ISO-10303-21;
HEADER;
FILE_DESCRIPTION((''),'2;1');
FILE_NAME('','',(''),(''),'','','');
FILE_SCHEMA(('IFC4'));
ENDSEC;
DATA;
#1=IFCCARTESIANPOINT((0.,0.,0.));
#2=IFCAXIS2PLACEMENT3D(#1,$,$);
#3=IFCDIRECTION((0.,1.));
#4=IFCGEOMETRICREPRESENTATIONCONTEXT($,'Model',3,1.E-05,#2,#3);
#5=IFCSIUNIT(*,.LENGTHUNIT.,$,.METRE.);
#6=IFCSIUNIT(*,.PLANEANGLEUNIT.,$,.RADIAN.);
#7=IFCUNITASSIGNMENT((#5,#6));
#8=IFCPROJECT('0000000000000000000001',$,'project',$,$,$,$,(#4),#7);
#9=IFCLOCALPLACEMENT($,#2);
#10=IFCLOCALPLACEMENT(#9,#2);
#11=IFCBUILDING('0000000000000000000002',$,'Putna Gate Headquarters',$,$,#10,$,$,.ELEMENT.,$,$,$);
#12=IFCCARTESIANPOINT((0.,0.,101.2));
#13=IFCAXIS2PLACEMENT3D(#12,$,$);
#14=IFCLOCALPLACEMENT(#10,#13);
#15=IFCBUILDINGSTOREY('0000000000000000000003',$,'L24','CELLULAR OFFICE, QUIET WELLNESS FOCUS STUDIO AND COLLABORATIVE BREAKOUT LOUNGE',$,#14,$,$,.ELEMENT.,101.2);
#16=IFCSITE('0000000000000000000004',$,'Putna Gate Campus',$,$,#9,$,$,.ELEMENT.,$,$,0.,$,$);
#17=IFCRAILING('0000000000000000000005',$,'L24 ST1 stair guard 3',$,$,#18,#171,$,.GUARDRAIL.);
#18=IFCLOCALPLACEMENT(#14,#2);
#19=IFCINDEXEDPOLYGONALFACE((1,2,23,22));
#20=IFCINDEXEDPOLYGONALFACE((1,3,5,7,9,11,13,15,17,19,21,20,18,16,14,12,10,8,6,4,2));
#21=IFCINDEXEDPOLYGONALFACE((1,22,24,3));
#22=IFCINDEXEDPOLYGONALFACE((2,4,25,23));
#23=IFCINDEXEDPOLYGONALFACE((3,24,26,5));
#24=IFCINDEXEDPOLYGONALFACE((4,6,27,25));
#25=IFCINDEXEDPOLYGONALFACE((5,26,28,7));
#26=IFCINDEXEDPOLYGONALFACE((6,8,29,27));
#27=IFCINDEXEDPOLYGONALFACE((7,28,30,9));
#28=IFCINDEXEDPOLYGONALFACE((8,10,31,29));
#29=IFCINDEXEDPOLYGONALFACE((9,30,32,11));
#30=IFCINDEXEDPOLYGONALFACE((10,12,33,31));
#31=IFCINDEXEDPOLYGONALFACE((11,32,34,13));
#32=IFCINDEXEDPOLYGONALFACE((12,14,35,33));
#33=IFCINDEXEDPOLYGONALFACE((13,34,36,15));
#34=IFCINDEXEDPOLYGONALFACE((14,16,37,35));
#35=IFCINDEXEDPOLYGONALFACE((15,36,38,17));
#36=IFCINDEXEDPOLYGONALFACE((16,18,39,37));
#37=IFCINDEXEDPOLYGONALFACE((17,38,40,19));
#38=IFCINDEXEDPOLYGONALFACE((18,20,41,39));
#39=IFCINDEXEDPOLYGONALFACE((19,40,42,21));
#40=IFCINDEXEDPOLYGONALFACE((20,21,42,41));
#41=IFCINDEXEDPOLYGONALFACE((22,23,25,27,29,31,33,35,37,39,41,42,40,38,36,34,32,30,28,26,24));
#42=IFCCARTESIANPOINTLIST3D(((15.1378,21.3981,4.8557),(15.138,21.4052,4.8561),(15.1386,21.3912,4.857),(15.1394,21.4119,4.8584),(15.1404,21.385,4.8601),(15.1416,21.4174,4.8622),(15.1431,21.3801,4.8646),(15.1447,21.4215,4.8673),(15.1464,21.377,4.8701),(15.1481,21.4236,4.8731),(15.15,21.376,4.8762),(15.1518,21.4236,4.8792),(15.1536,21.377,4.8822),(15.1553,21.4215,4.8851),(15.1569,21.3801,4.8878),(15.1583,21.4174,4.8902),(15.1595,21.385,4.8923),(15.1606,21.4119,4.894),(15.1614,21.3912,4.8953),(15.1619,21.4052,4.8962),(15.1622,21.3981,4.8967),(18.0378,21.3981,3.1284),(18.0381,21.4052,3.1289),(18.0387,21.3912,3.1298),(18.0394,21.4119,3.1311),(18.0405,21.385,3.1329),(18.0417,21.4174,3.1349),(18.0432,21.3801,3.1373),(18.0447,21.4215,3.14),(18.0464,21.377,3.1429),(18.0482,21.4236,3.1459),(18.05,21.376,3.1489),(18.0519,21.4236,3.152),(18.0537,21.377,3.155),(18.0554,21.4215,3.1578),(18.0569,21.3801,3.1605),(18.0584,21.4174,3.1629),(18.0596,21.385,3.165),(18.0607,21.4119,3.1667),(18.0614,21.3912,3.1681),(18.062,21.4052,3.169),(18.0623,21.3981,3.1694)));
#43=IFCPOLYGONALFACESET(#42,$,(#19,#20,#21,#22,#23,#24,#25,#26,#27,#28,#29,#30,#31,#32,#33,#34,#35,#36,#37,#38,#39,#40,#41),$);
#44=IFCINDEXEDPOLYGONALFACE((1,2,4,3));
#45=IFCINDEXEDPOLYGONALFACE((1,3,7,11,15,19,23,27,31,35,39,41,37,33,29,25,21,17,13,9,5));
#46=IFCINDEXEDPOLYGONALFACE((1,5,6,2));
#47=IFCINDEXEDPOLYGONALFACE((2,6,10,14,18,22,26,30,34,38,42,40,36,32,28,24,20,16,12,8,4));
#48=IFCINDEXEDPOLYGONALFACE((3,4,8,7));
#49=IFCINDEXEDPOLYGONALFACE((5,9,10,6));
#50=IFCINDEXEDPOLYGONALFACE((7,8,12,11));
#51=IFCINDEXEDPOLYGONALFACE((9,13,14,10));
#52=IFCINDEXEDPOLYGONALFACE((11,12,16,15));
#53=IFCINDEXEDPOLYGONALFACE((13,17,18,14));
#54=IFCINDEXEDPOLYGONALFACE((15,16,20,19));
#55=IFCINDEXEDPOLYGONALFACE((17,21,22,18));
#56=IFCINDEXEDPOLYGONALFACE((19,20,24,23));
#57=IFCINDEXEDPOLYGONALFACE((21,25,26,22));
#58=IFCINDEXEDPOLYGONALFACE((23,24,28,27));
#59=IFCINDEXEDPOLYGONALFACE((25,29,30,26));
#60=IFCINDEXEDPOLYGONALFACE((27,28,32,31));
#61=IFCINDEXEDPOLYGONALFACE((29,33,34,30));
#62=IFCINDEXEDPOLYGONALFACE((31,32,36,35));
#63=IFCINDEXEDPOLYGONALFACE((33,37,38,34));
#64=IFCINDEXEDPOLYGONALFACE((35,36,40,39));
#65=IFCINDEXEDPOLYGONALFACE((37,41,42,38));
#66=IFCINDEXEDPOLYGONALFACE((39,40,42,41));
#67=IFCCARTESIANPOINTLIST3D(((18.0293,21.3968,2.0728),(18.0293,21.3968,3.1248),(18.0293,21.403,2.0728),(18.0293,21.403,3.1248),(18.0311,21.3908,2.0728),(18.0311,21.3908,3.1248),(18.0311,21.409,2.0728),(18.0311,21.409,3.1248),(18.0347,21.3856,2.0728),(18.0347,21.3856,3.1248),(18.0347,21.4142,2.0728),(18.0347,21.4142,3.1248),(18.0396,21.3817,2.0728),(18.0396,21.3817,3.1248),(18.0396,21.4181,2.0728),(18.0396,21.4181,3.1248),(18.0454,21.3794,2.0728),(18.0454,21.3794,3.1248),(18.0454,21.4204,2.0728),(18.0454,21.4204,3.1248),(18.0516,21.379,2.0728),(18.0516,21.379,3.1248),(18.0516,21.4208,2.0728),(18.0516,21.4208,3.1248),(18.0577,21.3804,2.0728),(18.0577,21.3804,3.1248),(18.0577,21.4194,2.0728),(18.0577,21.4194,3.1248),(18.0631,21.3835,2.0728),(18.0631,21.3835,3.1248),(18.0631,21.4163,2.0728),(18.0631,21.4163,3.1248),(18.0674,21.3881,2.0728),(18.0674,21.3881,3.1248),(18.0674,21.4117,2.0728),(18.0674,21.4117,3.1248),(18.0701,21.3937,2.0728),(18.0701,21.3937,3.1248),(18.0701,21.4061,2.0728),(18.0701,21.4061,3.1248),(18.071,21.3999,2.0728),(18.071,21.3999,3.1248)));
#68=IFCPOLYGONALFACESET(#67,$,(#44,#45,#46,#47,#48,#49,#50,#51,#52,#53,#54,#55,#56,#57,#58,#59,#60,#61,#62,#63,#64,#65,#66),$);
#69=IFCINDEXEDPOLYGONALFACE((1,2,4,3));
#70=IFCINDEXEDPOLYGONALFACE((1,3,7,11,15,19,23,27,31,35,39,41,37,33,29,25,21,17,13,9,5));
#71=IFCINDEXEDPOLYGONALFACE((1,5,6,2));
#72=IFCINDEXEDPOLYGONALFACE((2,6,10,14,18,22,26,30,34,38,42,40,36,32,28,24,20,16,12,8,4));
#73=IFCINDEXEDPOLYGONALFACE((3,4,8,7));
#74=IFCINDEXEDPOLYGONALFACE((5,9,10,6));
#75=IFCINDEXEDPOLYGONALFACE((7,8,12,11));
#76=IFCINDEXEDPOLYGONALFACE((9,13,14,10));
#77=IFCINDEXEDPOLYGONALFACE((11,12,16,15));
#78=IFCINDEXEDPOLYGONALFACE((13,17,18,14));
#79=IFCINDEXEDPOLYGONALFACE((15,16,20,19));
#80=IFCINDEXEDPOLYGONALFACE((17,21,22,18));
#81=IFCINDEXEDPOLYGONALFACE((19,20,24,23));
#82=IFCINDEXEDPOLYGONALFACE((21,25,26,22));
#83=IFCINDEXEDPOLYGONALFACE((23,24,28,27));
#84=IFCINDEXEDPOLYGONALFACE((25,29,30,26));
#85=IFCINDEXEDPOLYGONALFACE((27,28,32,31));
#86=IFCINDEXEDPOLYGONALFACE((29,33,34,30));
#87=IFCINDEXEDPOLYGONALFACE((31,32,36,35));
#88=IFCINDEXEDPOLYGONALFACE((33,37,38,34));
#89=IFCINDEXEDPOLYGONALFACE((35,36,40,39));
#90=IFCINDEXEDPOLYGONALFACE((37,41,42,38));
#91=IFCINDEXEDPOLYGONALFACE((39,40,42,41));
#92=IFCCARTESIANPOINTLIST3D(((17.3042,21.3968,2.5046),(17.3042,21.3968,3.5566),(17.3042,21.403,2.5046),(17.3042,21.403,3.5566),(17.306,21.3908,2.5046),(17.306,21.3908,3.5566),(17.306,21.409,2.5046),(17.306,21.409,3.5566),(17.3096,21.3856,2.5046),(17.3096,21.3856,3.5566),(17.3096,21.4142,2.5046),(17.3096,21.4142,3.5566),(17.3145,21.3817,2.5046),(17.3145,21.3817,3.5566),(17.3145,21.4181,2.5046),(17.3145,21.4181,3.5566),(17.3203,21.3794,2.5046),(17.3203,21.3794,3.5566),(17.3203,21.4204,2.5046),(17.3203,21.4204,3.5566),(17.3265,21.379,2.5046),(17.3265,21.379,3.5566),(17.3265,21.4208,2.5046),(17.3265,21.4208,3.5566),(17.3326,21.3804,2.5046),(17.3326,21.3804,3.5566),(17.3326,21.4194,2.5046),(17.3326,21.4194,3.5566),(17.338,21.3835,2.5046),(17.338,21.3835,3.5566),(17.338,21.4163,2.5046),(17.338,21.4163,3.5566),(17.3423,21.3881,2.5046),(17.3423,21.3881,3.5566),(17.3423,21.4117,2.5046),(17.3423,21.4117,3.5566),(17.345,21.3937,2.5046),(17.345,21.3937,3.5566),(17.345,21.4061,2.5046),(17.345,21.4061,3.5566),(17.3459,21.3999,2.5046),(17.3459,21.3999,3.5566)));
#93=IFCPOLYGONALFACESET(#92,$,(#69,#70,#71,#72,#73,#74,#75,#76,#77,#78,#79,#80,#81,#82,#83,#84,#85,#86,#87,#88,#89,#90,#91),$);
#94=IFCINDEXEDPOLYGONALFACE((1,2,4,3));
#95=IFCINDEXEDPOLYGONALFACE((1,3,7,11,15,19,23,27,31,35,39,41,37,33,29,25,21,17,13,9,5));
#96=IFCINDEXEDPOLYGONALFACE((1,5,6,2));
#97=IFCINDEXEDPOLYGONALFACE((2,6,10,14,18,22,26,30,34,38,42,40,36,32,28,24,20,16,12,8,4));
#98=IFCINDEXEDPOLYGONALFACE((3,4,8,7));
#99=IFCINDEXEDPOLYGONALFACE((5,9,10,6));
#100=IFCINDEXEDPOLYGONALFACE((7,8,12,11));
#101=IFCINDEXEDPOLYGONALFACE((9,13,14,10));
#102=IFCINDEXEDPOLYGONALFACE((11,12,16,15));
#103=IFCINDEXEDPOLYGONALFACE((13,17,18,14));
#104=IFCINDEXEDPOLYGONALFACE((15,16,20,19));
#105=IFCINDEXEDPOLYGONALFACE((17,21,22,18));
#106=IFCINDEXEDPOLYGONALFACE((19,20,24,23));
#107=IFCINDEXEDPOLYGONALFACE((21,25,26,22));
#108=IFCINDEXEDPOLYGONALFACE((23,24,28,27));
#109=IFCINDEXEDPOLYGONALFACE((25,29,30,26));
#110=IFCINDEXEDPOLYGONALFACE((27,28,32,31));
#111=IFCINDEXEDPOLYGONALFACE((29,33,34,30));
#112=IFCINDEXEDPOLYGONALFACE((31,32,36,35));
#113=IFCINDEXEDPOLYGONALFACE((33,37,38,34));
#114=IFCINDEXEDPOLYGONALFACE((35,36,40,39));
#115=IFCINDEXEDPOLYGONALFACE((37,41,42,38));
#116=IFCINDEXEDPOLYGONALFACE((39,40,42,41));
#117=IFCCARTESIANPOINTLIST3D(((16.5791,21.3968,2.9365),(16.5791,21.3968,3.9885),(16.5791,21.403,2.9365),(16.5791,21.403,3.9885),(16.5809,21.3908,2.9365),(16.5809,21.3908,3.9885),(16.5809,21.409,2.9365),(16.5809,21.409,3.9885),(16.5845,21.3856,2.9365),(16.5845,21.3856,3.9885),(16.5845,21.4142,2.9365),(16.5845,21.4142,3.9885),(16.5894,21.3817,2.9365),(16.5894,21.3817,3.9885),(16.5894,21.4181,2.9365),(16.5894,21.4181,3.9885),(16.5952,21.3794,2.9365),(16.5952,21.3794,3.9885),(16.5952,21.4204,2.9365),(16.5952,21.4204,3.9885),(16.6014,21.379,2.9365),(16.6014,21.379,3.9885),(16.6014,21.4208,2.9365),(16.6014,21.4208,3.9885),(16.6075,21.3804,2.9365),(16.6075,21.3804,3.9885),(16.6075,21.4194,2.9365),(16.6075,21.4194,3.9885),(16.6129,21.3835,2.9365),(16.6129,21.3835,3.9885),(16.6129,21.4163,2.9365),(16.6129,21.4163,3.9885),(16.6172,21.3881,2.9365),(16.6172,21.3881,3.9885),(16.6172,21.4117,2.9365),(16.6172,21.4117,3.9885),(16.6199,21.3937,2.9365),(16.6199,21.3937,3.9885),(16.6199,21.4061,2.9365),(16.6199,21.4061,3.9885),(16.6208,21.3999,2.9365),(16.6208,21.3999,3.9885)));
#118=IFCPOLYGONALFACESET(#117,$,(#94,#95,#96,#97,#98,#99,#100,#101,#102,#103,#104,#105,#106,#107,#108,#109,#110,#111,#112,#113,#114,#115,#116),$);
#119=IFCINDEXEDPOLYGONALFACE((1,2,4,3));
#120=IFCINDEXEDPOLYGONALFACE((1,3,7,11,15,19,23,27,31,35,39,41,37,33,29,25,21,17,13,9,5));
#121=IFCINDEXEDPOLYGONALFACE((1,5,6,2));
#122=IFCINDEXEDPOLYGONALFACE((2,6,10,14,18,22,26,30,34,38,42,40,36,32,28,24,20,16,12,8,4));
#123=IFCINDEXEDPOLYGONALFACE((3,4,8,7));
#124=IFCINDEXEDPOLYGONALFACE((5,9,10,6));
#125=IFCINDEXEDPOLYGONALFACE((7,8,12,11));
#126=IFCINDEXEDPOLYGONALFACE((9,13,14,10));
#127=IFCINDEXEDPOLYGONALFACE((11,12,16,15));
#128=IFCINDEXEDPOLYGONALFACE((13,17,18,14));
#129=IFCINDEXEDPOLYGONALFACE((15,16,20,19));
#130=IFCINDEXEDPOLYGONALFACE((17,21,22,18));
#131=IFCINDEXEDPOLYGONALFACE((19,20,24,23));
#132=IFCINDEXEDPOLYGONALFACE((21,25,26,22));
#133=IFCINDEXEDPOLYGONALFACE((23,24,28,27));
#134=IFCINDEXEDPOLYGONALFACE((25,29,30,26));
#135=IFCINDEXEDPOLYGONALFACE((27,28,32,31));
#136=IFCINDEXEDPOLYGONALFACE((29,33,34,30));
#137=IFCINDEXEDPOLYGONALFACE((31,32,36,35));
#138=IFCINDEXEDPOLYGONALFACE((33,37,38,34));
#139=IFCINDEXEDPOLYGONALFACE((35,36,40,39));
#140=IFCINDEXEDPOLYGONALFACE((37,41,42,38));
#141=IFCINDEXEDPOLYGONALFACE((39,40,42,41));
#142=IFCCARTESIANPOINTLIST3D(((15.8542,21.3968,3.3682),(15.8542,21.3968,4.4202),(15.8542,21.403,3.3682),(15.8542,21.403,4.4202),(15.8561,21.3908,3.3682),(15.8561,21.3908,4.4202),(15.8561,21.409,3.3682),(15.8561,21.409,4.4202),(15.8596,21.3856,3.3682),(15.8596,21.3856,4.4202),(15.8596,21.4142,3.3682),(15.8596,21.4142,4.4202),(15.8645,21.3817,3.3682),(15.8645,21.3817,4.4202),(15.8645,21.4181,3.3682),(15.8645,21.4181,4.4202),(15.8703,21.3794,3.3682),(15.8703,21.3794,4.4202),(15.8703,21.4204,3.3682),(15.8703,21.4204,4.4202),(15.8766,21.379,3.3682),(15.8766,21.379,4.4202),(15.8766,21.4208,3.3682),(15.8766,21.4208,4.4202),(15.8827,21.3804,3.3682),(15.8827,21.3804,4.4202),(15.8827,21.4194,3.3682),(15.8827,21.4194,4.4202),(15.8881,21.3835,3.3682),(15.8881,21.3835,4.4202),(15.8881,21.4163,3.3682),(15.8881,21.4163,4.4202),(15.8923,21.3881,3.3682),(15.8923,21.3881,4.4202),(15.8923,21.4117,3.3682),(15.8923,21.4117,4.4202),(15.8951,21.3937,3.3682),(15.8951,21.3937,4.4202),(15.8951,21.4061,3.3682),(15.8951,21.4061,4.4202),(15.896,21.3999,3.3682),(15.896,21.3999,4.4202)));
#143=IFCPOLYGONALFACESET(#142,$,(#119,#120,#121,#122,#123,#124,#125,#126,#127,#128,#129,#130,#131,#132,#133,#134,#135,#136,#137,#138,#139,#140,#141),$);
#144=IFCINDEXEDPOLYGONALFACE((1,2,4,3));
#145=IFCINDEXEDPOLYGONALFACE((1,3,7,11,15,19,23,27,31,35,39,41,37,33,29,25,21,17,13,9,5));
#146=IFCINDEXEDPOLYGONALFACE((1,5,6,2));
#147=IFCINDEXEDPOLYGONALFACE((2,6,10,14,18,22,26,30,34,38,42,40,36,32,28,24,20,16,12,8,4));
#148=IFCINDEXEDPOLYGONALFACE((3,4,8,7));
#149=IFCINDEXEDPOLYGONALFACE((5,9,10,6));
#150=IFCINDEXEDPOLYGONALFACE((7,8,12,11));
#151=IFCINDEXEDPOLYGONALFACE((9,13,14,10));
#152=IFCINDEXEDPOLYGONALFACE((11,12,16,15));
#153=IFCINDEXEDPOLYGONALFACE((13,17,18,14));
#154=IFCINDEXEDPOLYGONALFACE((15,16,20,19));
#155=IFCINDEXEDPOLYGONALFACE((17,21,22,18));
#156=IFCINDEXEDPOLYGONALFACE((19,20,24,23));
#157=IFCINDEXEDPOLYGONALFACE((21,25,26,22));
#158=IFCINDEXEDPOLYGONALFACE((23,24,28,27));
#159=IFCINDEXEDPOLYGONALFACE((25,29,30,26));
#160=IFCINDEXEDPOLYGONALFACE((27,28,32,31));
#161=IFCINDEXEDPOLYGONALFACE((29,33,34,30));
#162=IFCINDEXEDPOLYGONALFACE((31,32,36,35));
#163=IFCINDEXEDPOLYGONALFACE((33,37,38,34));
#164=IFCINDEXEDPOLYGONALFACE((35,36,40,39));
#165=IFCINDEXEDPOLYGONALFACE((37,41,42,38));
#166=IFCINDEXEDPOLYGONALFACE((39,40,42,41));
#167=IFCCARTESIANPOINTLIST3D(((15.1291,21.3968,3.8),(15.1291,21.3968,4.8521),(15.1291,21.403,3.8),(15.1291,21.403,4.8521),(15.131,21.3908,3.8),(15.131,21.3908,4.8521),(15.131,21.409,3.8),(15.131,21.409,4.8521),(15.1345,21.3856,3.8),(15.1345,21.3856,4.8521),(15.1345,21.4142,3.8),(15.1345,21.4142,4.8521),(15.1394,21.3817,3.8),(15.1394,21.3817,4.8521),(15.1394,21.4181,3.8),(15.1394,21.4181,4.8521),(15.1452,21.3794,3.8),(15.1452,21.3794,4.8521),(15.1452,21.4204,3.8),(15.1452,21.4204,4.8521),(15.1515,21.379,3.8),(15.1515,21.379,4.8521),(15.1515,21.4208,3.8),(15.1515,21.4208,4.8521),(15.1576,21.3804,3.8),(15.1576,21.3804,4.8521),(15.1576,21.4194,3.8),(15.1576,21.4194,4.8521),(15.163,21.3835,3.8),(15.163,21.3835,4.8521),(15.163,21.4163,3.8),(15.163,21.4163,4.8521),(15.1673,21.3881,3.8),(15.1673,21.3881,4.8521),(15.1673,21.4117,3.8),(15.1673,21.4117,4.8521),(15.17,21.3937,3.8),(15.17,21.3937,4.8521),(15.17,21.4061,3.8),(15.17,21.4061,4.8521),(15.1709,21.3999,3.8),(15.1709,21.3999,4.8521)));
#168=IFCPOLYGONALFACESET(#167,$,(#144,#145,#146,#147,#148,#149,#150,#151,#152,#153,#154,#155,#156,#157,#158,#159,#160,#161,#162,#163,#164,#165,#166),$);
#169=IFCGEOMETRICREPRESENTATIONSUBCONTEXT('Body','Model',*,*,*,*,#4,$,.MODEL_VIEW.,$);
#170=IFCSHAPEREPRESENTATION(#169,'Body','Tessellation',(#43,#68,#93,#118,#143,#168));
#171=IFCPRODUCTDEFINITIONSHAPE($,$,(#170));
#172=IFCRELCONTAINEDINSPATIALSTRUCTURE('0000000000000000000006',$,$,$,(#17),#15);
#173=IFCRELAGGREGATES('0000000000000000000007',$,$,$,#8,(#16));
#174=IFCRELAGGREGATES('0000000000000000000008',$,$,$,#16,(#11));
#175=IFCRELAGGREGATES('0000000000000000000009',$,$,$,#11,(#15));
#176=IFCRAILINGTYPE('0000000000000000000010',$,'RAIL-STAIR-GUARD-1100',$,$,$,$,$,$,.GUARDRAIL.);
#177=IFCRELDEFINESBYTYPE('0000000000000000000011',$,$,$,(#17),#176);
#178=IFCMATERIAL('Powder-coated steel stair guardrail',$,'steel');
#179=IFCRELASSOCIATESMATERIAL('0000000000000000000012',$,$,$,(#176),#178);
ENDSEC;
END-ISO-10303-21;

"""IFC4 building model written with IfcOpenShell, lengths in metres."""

from ifc_helpers import new_model, si_unit, direction, frame, origin, origin_2d, place, context, subcontext, project, spatial, circle, extrude, material, type_object, element, save


model = new_model("IFC4")

# Units and contexts
model_context = context("Model", 3, precision=1e-05, world=origin(), true_north=direction((0.0, 1.0)))
body_context = subcontext(model_context, "Body", "Model", "MODEL_VIEW")
ifc_project = project(units=[si_unit("LENGTHUNIT", "METRE"), si_unit("PLANEANGLEUNIT", "RADIAN")], contexts=[model_context])

# Site, building, storey
site_placement = place(None, origin())
site = spatial("IfcSite", under=ifc_project, at=site_placement, Name="Putna Gate Campus", CompositionType="ELEMENT", RefElevation=0.0)
building_placement = place(site_placement, origin())
building = spatial("IfcBuilding", under=site, at=building_placement, Name="Putna Gate Headquarters", CompositionType="ELEMENT")
storey_placement = place(building_placement, frame((0.0, 0.0, 101.2)))
storey = spatial("IfcBuildingStorey", under=building, at=storey_placement, Name="L24", Description="CELLULAR OFFICE, QUIET WELLNESS FOCUS STUDIO AND COLLABORATIVE BREAKOUT LOUNGE", CompositionType="ELEMENT", Elevation=101.2)

# Railing
ifc_material_1 = material(Name="Powder-coated steel stair guardrail", Category="steel")
railing_type_1 = type_object("IfcRailingType", Name="RAIL-STAIR-GUARD-1100", PredefinedType="GUARDRAIL", material=ifc_material_1)
railing_1_placement = place(storey_placement, frame((18.05, 21.3999, 2.0728)))
element("IfcRailing", 1, at=railing_1_placement, inside=storey, type_object=railing_type_1, Name="L24 ST1 stair guard 3", PredefinedType="GUARDRAIL", context=body_context, shape_type="SweptSolid", body=[
    extrude(circle(Radius=0.0239, at=origin_2d()), frame((0.0, 0.0, 1.0762), z_axis=(-0.85916, 0.0, 0.511706), x_axis=(0.0, -1.0, 0.0)), (0.0, 0.0, 1.0), 3.3755),
    extrude(circle(Radius=0.021, at=origin_2d()), origin(), (0.0, 0.0, 1.0), 1.052),
    extrude(circle(Radius=0.021, at=origin_2d()), frame((-0.7251, 0.0, 0.4319)), (0.0, 0.0, 1.0), 1.052),
    extrude(circle(Radius=0.021, at=origin_2d()), frame((-1.4502, 0.0, 0.8638)), (0.0, 0.0, 1.0), 1.052),
    extrude(circle(Radius=0.021, at=origin_2d()), frame((-2.175, 0.0, 1.2954)), (0.0, 0.0, 1.0), 1.052),
    extrude(circle(Radius=0.021, at=origin_2d()), frame((-2.9001, 0.0, 1.7273)), (0.0, 0.0, 1.0), 1.052),
])

save(model, "model.ifc")
